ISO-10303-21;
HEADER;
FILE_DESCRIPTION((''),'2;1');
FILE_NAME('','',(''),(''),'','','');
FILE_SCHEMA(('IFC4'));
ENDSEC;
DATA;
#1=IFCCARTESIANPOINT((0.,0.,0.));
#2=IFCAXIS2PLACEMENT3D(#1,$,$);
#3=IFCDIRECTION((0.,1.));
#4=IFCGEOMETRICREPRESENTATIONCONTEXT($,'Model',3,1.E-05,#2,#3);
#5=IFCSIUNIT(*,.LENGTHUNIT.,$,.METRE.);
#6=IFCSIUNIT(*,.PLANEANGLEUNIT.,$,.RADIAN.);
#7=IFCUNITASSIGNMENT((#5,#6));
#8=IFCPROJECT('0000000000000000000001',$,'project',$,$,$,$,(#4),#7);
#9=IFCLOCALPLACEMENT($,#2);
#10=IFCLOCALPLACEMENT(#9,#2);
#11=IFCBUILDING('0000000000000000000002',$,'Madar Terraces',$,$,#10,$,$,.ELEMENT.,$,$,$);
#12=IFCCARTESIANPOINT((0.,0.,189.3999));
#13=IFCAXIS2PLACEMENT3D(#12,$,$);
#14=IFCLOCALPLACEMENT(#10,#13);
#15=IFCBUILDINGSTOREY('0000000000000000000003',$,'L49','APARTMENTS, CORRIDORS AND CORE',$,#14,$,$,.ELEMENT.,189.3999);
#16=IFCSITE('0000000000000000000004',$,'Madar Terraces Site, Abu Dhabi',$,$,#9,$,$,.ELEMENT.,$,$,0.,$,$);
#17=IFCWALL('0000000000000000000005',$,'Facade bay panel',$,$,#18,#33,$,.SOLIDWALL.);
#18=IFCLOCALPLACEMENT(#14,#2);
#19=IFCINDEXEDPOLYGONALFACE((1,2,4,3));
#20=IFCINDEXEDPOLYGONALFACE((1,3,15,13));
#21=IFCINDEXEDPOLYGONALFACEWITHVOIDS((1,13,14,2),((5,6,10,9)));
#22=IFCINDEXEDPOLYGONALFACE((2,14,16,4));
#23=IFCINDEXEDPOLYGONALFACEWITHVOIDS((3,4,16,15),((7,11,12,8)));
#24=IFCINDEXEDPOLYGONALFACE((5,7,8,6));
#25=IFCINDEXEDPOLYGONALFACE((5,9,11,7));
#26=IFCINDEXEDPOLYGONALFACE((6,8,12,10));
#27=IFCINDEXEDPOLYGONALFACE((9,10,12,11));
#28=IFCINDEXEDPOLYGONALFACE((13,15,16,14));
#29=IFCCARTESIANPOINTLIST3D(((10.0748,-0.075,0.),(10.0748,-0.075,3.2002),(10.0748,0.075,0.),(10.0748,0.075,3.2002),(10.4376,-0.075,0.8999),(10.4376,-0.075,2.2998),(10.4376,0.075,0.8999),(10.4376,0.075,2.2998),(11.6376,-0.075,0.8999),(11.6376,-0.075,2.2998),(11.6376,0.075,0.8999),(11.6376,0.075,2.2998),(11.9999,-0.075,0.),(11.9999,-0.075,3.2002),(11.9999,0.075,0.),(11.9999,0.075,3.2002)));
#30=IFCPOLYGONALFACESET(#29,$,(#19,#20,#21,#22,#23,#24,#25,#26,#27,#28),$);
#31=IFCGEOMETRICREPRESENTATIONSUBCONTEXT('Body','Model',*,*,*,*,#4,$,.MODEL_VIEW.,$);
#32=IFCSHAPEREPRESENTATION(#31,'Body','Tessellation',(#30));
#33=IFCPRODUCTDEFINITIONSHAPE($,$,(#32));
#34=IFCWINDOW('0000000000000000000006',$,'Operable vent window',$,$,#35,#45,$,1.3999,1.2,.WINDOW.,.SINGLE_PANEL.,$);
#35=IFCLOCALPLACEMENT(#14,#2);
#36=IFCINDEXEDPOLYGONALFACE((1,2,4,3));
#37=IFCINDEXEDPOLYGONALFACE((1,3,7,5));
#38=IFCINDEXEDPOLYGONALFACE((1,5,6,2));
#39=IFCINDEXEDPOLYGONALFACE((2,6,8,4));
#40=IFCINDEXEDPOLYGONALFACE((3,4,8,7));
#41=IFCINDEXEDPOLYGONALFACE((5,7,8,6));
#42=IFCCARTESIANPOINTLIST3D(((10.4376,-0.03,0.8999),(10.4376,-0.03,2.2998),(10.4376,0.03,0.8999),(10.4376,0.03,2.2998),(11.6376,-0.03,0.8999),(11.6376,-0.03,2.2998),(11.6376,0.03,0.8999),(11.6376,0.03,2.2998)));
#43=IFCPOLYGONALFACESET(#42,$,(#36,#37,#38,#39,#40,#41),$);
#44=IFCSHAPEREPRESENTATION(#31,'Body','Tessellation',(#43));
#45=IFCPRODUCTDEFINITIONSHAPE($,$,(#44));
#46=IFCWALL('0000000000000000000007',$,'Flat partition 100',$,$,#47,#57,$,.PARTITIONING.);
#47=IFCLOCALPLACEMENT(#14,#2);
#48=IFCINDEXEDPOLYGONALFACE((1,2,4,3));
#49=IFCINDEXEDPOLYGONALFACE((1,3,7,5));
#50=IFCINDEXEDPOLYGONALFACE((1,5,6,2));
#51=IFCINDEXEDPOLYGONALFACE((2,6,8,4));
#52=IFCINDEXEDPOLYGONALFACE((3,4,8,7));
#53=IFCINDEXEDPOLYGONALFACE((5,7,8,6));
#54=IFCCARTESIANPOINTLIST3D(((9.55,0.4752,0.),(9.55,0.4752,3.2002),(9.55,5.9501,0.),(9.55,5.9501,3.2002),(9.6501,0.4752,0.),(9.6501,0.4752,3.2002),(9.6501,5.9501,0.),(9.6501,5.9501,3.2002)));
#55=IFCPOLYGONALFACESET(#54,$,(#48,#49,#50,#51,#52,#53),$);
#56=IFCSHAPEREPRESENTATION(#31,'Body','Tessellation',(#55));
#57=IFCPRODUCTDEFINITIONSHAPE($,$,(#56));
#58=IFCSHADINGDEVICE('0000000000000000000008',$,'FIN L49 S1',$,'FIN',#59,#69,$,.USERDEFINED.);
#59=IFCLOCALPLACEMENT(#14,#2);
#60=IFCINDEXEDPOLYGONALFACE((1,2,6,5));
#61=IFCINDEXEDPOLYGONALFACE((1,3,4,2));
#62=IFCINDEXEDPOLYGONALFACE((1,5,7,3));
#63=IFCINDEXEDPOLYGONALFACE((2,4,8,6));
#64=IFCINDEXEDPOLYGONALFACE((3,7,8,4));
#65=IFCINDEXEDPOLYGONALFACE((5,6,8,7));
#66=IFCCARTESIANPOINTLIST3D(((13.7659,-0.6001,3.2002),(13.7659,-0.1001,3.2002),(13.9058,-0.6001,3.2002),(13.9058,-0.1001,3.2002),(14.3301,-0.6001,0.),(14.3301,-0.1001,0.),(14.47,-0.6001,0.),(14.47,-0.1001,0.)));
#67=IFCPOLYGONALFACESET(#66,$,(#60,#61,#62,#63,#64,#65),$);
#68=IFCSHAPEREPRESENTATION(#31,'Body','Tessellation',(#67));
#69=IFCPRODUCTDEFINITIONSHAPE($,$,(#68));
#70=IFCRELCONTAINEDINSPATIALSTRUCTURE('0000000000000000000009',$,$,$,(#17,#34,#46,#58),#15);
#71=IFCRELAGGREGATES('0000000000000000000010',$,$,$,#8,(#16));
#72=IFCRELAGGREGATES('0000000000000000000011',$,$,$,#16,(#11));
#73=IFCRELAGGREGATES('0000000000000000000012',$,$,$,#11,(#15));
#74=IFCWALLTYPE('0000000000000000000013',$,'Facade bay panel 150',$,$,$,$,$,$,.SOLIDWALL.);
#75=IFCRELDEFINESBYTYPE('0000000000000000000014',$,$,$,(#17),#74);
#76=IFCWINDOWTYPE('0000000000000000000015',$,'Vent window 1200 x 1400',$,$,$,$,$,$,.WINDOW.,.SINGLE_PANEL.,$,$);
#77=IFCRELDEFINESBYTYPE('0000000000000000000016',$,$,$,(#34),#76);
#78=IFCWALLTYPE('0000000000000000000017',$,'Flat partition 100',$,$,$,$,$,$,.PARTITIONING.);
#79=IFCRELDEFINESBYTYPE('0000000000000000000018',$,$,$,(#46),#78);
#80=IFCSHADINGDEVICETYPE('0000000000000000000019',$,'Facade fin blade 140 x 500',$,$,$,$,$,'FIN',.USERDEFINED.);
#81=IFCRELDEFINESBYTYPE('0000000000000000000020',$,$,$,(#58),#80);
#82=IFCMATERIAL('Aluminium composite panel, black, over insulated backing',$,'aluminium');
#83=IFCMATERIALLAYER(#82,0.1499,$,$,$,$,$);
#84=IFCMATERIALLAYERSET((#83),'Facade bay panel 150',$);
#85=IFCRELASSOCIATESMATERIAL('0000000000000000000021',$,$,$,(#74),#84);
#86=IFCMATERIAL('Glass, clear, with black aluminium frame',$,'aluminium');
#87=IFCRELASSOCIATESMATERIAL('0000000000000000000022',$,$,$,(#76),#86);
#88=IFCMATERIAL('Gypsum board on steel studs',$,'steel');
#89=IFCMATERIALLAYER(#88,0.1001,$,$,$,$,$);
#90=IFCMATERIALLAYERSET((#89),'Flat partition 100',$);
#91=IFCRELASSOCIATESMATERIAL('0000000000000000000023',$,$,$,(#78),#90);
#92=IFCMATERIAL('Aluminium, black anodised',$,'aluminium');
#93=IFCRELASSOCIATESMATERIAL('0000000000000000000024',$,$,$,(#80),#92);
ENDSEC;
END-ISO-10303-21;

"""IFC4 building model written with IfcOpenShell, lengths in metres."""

from ifc_helpers import new_model, si_unit, direction, frame, frame_2d, origin, place, context, subcontext, project, spatial, polyline, rectangle, outline, extrude, material, layer, layer_set, type_object, element, fill, save


model = new_model("IFC4")

# Units and contexts
model_context = context("Model", 3, precision=1e-05, world=origin(), true_north=direction((0.0, 1.0)))
body_context = subcontext(model_context, "Body", "Model", "MODEL_VIEW")
ifc_project = project(units=[si_unit("LENGTHUNIT", "METRE"), si_unit("PLANEANGLEUNIT", "RADIAN")], contexts=[model_context])

# Site, building, storey
site_placement = place(None, origin())
site = spatial("IfcSite", under=ifc_project, at=site_placement, Name="Madar Terraces Site, Abu Dhabi", CompositionType="ELEMENT", RefElevation=0.0)
building_placement = place(site_placement, origin())
building = spatial("IfcBuilding", under=site, at=building_placement, Name="Madar Terraces", CompositionType="ELEMENT")
storey_placement = place(building_placement, frame((0.0, 0.0, 189.3999)))
storey = spatial("IfcBuildingStorey", under=building, at=storey_placement, Name="L49", Description="APARTMENTS, CORRIDORS AND CORE", CompositionType="ELEMENT", Elevation=189.3999)

# Wall, opening, window
ifc_material_1 = material(Name="Aluminium composite panel, black, over insulated backing", Category="aluminium")
ifc_layer_1 = layer(ifc_material_1, 0.1499)
ifc_layer_set_1 = layer_set([ifc_layer_1], Name="Facade bay panel 150")
wall_type_1 = type_object("IfcWallType", Name="Facade bay panel 150", PredefinedType="SOLIDWALL", material=ifc_layer_set_1)
wall_1_placement = place(storey_placement, frame((10.075, 0.0, 0.0), z_axis=(0.0, 0.0, 1.0), x_axis=(1.0, 0.0, 0.0)))
wall_1 = element("IfcWall", 1, at=wall_1_placement, inside=storey, type_object=wall_type_1, Name="Facade bay panel", PredefinedType="SOLIDWALL", context=body_context, shape_type="SweptSolid", body=[
    extrude(rectangle(XDim=1.925, YDim=0.1499, at=frame_2d((0.9624, 0.0))), origin(), (0.0, 0.0, 1.0), 3.2002),
])
opening_1_placement = place(wall_1_placement, frame((0.3625, 0.0, 0.8999)))
opening_1 = element("IfcOpeningElement", 2, at=opening_1_placement, cuts=wall_1, PredefinedType="OPENING", context=body_context, shape_type="SweptSolid", body=[
    extrude(rectangle(XDim=1.2, YDim=1.3999, at=frame_2d((0.6001, 0.7))), frame((0.0, 0.085, 0.0), z_axis=(0.0, -1.0, 0.0), x_axis=(1.0, 0.0, 0.0)), (0.0, 0.0, 1.0), 0.1699),
])
ifc_material_2 = material(Name="Glass, clear, with black aluminium frame", Category="aluminium")
window_type = type_object("IfcWindowType", Name="Vent window 1200 x 1400", PartitioningType="SINGLE_PANEL", PredefinedType="WINDOW", material=ifc_material_2)
window_placement = place(opening_1_placement, origin())
window = element("IfcWindow", 3, at=window_placement, inside=storey, type_object=window_type, Name="Operable vent window", OverallHeight=1.3999, OverallWidth=1.2, PartitioningType="SINGLE_PANEL", PredefinedType="WINDOW", context=body_context, shape_type="SweptSolid", body=[
    extrude(rectangle(XDim=1.2, YDim=1.3999, at=frame_2d((0.6001, 0.7))), frame((0.0, 0.03, 0.0), z_axis=(0.0, -1.0, 0.0), x_axis=(1.0, 0.0, 0.0)), (0.0, 0.0, 1.0), 0.0601),
])
fill(opening_1, window)

# Wall
ifc_material_3 = material(Name="Gypsum board on steel studs", Category="steel")
ifc_layer_2 = layer(ifc_material_3, 0.1001)
ifc_layer_set_2 = layer_set([ifc_layer_2], Name="Flat partition 100")
wall_type_2 = type_object("IfcWallType", Name="Flat partition 100", PredefinedType="PARTITIONING", material=ifc_layer_set_2)
wall_2_placement = place(storey_placement, frame((9.6001, 5.95, 0.0), z_axis=(0.0, 0.0, 1.0), x_axis=(0.0, -1.0, 0.0)))
element("IfcWall", 4, at=wall_2_placement, inside=storey, type_object=wall_type_2, Name="Flat partition 100", PredefinedType="PARTITIONING", context=body_context, shape_type="SweptSolid", body=[
    extrude(rectangle(XDim=5.4749, YDim=0.1001, at=frame_2d((2.7373, 0.0))), origin(), (0.0, 0.0, 1.0), 3.2002),
])

# Shading device
ifc_material_4 = material(Name="Aluminium, black anodised", Category="aluminium")
shading_device_type = type_object("IfcShadingDeviceType", Name="Facade fin blade 140 x 500", ElementType="FIN", PredefinedType="USERDEFINED", material=ifc_material_4)
shading_device_placement = place(storey_placement, frame((14.3301, -0.3501, 0.0), z_axis=(0.0, 0.0, 1.0), x_axis=(1.0, 0.0, 0.0)))
element("IfcShadingDevice", 5, at=shading_device_placement, inside=storey, type_object=shading_device_type, Name="FIN L49 S1", ObjectType="FIN", PredefinedType="USERDEFINED", context=body_context, shape_type="SweptSolid", body=[
    extrude(outline(polyline([(0.0, 0.0), (0.1399, 0.0), (-0.4243, 3.2002), (-0.5642, 3.2002), (0.0, 0.0)])), frame((0.0, 0.25, 0.0), z_axis=(0.0, -1.0, 0.0), x_axis=(1.0, 0.0, 0.0)), (0.0, 0.0, 1.0), 0.5),
])

save(model, "model.ifc")
